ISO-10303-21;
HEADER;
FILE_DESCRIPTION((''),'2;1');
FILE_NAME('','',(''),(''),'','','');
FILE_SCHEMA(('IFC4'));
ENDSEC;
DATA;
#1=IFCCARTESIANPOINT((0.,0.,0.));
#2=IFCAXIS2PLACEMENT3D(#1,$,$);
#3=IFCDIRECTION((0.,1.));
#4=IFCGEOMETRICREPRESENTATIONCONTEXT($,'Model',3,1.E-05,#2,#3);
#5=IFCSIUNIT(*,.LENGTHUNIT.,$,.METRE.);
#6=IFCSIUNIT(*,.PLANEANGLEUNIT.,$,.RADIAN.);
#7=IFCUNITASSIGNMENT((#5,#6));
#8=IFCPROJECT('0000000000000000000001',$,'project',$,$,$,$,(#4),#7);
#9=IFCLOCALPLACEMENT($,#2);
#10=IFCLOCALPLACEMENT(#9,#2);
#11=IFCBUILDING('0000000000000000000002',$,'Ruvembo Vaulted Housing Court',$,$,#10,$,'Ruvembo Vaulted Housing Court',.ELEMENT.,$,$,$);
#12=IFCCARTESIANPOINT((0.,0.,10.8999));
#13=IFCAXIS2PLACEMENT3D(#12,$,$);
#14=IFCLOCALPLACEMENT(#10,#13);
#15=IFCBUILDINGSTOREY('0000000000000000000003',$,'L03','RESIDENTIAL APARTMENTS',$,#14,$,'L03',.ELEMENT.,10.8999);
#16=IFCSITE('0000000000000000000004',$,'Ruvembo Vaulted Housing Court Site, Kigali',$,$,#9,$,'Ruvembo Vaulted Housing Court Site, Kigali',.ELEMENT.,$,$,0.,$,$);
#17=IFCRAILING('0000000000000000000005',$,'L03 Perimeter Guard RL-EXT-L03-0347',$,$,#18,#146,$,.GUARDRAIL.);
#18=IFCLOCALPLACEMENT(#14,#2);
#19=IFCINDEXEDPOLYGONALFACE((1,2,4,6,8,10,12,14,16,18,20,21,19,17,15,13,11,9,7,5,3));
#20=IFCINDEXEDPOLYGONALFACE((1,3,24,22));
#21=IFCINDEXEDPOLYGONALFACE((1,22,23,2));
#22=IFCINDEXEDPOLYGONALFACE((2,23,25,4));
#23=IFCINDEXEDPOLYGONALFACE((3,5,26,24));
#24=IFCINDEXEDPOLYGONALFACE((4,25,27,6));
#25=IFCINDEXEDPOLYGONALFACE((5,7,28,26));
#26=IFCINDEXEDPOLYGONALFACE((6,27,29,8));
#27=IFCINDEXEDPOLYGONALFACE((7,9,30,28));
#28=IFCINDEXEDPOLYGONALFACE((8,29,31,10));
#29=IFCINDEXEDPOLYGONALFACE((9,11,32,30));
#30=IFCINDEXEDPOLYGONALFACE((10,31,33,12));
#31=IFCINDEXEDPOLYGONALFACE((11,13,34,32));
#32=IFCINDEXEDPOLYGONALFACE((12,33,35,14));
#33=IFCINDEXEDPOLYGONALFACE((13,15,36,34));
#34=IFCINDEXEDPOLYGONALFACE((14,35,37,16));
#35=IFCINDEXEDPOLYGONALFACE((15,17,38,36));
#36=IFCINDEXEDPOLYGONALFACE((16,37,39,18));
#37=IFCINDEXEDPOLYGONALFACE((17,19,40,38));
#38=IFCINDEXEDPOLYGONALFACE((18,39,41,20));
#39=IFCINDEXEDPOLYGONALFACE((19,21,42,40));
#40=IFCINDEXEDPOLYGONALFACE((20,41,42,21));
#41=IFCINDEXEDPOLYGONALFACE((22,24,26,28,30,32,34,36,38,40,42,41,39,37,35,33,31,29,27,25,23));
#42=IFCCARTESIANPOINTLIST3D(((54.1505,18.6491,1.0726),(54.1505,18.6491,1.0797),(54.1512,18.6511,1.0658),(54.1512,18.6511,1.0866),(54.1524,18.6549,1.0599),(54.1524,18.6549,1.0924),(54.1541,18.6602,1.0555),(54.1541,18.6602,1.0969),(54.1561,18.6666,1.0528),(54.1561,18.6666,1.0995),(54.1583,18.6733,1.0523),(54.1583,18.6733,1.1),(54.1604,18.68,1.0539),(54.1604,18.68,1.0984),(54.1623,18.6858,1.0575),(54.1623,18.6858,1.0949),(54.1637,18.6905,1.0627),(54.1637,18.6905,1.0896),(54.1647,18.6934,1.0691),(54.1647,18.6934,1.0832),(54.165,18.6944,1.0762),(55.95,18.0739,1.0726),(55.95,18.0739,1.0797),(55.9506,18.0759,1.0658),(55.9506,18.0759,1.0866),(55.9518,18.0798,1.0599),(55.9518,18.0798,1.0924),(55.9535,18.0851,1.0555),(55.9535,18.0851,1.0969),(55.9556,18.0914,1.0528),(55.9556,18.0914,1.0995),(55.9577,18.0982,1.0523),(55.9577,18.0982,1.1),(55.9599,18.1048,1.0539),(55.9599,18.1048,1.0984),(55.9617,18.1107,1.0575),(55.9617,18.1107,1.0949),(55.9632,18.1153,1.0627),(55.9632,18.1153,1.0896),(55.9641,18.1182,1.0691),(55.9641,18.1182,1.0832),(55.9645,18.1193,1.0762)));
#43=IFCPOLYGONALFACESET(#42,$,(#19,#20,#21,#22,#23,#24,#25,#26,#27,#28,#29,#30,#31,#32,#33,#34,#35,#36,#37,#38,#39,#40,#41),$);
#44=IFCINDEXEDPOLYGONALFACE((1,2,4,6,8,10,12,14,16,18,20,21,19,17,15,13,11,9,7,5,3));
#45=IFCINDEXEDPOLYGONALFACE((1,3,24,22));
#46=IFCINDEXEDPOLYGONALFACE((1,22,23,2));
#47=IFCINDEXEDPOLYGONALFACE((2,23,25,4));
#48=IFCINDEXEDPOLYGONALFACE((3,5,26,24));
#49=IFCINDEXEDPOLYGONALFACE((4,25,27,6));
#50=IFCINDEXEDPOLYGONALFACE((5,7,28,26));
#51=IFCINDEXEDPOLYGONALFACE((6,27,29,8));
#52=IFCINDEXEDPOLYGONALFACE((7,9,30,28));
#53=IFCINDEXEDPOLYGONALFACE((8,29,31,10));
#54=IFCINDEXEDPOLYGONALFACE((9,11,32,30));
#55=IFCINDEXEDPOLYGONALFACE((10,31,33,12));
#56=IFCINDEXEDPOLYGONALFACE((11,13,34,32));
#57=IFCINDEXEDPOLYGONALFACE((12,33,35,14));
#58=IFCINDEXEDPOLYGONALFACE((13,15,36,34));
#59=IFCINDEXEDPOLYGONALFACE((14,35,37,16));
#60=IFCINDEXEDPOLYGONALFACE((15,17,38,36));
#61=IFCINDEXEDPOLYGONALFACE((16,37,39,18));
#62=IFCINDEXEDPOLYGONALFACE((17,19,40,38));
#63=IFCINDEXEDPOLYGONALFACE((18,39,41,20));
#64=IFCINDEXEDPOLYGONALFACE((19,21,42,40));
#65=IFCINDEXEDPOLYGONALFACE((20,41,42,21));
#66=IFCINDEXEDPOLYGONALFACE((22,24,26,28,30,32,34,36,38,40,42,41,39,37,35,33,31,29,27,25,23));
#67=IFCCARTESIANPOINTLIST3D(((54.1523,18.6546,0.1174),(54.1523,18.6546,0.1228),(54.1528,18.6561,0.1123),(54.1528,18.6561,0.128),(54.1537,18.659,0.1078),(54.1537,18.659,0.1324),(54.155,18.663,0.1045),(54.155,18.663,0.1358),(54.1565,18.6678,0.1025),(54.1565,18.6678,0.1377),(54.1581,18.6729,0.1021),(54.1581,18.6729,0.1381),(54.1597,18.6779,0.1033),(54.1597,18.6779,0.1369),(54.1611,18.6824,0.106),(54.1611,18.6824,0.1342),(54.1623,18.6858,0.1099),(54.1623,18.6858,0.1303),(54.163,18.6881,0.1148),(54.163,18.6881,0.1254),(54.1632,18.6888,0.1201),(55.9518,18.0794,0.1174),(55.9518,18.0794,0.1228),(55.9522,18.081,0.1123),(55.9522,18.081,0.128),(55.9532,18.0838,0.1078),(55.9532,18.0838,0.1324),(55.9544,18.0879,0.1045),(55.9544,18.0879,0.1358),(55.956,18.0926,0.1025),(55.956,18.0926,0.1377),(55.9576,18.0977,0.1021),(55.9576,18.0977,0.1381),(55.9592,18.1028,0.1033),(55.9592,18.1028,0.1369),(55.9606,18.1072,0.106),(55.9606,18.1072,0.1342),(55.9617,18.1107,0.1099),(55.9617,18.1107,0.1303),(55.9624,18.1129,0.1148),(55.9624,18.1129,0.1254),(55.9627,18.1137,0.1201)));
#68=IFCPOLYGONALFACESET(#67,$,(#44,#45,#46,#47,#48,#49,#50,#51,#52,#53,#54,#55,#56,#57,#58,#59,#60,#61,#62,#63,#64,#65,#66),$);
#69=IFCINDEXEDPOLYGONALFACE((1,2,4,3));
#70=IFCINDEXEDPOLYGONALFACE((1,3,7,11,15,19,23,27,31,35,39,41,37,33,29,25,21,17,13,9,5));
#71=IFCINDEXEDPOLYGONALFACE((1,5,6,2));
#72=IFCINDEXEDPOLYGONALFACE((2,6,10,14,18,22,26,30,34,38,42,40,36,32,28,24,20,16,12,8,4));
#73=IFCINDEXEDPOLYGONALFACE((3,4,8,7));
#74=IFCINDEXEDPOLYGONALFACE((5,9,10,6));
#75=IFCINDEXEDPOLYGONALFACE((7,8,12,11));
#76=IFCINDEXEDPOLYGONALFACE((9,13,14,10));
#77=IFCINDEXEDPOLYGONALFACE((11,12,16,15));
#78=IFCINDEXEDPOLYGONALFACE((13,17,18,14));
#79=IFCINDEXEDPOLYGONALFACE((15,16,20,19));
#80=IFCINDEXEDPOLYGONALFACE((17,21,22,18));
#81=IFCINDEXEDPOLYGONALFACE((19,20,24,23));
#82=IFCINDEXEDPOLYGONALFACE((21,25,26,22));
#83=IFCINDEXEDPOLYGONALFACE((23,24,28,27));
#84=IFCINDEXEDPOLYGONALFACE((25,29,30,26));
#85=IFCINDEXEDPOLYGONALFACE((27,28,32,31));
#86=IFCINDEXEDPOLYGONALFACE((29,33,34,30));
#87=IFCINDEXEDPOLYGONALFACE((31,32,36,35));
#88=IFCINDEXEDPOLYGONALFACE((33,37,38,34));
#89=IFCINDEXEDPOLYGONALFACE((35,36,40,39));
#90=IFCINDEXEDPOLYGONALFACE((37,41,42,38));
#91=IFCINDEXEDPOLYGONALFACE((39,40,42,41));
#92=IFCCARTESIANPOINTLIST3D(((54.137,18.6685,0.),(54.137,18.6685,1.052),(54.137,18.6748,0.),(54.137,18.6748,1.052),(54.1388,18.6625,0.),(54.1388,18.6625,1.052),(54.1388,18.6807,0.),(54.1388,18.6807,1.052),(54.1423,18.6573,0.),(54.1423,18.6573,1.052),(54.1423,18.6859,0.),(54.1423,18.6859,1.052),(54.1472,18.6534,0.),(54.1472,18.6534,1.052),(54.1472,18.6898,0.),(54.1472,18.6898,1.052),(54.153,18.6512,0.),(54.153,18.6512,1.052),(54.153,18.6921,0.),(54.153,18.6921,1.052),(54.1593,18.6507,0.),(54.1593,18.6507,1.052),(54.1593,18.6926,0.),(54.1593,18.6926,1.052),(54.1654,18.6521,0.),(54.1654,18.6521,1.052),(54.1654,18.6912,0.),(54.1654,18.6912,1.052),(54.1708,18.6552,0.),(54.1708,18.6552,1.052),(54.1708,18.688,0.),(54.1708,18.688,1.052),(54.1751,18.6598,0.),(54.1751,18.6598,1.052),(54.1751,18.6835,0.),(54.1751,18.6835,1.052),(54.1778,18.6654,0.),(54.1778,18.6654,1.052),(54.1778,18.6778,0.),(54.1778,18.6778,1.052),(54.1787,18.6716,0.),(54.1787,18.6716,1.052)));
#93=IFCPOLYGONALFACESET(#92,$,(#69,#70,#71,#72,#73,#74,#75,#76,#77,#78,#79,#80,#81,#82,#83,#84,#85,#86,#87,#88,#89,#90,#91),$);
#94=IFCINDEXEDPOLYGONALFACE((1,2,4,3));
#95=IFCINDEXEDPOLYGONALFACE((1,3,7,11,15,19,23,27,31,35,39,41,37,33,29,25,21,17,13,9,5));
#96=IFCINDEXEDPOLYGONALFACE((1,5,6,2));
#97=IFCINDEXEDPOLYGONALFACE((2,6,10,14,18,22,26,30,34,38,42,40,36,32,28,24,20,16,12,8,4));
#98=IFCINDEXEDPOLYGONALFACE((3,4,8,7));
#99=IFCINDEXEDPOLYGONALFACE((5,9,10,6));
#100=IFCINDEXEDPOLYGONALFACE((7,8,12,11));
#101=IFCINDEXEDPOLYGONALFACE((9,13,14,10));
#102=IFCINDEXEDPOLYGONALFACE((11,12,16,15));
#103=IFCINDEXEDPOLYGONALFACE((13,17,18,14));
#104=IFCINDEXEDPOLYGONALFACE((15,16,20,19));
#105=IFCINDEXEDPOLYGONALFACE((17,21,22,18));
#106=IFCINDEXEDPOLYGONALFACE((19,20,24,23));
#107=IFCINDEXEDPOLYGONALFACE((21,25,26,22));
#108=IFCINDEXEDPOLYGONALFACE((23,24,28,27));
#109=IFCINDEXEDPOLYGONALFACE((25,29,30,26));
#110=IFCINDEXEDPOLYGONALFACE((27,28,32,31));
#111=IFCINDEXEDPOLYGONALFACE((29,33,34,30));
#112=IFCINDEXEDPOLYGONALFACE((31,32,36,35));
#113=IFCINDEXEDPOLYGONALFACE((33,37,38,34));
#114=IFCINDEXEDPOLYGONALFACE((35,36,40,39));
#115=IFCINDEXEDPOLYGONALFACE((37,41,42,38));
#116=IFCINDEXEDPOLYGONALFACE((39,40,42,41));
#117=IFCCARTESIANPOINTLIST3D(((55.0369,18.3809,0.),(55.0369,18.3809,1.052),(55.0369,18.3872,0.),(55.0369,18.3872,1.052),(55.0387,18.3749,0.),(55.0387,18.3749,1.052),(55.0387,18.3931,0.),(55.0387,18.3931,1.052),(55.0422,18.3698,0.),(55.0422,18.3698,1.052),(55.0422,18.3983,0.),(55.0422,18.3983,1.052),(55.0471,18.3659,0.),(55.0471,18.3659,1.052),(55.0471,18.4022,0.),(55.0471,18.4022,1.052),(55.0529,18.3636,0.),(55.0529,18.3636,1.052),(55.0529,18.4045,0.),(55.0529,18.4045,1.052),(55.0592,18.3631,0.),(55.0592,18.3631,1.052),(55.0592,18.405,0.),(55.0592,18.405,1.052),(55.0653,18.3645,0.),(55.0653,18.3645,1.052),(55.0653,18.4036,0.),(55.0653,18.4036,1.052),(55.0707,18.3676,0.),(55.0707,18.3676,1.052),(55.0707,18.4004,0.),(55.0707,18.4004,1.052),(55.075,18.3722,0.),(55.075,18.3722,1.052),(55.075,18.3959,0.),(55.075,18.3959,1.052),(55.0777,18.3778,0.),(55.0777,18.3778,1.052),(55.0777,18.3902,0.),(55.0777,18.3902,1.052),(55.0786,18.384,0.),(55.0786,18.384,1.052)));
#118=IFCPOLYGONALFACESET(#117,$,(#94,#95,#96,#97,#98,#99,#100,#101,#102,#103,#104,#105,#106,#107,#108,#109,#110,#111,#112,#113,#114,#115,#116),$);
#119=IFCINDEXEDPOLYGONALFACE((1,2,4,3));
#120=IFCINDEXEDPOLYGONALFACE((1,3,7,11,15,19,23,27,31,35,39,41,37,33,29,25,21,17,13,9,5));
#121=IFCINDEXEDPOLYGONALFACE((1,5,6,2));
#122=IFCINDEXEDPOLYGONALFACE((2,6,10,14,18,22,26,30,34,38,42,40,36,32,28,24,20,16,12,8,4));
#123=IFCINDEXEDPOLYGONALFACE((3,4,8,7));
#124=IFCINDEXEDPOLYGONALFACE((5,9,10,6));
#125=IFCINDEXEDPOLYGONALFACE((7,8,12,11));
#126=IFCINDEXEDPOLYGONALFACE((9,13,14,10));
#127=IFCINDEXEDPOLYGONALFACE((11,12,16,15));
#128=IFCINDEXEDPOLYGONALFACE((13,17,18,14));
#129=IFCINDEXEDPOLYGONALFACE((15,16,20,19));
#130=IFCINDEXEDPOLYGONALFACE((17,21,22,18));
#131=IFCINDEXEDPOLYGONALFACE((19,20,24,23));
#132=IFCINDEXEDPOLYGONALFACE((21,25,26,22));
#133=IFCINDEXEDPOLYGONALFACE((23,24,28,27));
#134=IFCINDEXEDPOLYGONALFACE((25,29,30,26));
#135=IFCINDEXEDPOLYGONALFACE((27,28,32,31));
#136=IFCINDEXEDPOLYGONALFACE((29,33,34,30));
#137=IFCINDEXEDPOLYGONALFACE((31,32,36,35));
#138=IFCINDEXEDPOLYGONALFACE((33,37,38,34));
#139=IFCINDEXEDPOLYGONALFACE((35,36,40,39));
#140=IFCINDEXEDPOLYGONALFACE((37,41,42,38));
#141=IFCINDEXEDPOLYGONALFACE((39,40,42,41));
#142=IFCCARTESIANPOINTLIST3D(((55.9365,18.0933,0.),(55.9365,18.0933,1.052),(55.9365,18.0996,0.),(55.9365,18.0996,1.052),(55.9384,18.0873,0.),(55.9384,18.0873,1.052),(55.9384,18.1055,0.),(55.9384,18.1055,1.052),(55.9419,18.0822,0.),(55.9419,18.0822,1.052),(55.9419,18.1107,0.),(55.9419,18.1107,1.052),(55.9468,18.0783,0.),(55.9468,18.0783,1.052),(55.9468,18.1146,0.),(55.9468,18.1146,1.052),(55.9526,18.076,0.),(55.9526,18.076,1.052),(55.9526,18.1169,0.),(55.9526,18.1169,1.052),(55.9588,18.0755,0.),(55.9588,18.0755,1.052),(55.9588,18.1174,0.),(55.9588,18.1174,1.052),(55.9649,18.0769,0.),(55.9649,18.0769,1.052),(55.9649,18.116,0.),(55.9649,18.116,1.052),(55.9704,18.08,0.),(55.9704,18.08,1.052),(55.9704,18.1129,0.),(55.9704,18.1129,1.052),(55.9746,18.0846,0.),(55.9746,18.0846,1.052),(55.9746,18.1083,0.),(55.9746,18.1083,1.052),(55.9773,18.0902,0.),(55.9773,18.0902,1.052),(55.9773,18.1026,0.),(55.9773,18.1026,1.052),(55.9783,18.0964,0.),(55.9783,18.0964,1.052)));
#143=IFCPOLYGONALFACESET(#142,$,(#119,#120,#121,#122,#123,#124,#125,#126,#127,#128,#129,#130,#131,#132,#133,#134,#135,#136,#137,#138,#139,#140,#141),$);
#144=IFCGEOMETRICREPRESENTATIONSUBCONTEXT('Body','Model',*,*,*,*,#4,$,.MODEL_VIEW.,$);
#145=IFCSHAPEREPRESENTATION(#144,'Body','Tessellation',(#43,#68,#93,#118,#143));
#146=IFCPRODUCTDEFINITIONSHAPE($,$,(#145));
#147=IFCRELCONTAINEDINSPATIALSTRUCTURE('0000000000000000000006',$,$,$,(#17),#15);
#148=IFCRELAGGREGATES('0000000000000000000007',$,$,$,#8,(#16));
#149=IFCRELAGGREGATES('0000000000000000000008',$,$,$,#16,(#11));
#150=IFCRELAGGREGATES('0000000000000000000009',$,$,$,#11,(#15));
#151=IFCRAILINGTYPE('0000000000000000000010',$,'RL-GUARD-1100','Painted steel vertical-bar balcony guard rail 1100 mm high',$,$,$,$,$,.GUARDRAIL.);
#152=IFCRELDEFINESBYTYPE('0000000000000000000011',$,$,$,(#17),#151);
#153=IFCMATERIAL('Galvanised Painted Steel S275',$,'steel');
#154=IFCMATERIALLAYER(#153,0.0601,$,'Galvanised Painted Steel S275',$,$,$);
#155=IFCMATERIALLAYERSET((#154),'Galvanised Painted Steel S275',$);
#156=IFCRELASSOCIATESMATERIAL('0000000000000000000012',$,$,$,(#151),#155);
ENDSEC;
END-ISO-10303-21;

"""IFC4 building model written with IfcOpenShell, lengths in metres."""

from ifc_helpers import new_model, si_unit, direction, frame, origin, origin_2d, place, context, subcontext, project, spatial, circle, extrude, material, layer, layer_set, type_object, element, save


model = new_model("IFC4")

# Units and contexts
model_context = context("Model", 3, precision=1e-05, world=origin(), true_north=direction((0.0, 1.0)))
body_context = subcontext(model_context, "Body", "Model", "MODEL_VIEW")
ifc_project = project(units=[si_unit("LENGTHUNIT", "METRE"), si_unit("PLANEANGLEUNIT", "RADIAN")], contexts=[model_context])

# Site, building, storey
site_placement = place(None, origin())
site = spatial("IfcSite", under=ifc_project, at=site_placement, Name="Ruvembo Vaulted Housing Court Site, Kigali", LongName="Ruvembo Vaulted Housing Court Site, Kigali", CompositionType="ELEMENT", RefElevation=0.0)
building_placement = place(site_placement, origin())
building = spatial("IfcBuilding", under=site, at=building_placement, Name="Ruvembo Vaulted Housing Court", LongName="Ruvembo Vaulted Housing Court", CompositionType="ELEMENT")
storey_placement = place(building_placement, frame((0.0, 0.0, 10.8999)))
storey = spatial("IfcBuildingStorey", under=building, at=storey_placement, Name="L03", Description="RESIDENTIAL APARTMENTS", LongName="L03", CompositionType="ELEMENT", Elevation=10.8999)

# Railing
ifc_material_1 = material(Name="Galvanised Painted Steel S275", Category="steel")
ifc_layer = layer(ifc_material_1, 0.0601, Name="Galvanised Painted Steel S275")
ifc_layer_set = layer_set([ifc_layer], Name="Galvanised Painted Steel S275")
railing_type = type_object("IfcRailingType", Name="RL-GUARD-1100", Description="Painted steel vertical-bar balcony guard rail 1100 mm high", PredefinedType="GUARDRAIL", material=ifc_layer_set)
railing_1_placement = place(storey_placement, frame((54.1577, 18.6716, 0.0)))
element("IfcRailing", 1, at=railing_1_placement, inside=storey, type_object=railing_type, Name="L03 Perimeter Guard RL-EXT-L03-0347", PredefinedType="GUARDRAIL", context=body_context, shape_type="SweptSolid", body=[
    extrude(circle(Radius=0.0239, at=origin_2d()), frame((0.0, 0.0, 1.0762), z_axis=(0.952526, -0.304457, 0.0), x_axis=(0.304457, 0.952526, 0.0)), (0.0, 0.0, 1.0), 1.8892),
    extrude(circle(Radius=0.0181, at=origin_2d()), frame((0.0, 0.0, 0.1201), z_axis=(0.952526, -0.304457, 0.0), x_axis=(0.304457, 0.952526, 0.0)), (0.0, 0.0, 1.0), 1.8892),
    extrude(circle(Radius=0.021, at=origin_2d()), origin(), (0.0, 0.0, 1.0), 1.052),
    extrude(circle(Radius=0.021, at=origin_2d()), frame((0.8999, -0.2876, 0.0)), (0.0, 0.0, 1.0), 1.052),
    extrude(circle(Radius=0.021, at=origin_2d()), frame((1.7996, -0.5752, 0.0)), (0.0, 0.0, 1.0), 1.052),
])

save(model, "model.ifc")
